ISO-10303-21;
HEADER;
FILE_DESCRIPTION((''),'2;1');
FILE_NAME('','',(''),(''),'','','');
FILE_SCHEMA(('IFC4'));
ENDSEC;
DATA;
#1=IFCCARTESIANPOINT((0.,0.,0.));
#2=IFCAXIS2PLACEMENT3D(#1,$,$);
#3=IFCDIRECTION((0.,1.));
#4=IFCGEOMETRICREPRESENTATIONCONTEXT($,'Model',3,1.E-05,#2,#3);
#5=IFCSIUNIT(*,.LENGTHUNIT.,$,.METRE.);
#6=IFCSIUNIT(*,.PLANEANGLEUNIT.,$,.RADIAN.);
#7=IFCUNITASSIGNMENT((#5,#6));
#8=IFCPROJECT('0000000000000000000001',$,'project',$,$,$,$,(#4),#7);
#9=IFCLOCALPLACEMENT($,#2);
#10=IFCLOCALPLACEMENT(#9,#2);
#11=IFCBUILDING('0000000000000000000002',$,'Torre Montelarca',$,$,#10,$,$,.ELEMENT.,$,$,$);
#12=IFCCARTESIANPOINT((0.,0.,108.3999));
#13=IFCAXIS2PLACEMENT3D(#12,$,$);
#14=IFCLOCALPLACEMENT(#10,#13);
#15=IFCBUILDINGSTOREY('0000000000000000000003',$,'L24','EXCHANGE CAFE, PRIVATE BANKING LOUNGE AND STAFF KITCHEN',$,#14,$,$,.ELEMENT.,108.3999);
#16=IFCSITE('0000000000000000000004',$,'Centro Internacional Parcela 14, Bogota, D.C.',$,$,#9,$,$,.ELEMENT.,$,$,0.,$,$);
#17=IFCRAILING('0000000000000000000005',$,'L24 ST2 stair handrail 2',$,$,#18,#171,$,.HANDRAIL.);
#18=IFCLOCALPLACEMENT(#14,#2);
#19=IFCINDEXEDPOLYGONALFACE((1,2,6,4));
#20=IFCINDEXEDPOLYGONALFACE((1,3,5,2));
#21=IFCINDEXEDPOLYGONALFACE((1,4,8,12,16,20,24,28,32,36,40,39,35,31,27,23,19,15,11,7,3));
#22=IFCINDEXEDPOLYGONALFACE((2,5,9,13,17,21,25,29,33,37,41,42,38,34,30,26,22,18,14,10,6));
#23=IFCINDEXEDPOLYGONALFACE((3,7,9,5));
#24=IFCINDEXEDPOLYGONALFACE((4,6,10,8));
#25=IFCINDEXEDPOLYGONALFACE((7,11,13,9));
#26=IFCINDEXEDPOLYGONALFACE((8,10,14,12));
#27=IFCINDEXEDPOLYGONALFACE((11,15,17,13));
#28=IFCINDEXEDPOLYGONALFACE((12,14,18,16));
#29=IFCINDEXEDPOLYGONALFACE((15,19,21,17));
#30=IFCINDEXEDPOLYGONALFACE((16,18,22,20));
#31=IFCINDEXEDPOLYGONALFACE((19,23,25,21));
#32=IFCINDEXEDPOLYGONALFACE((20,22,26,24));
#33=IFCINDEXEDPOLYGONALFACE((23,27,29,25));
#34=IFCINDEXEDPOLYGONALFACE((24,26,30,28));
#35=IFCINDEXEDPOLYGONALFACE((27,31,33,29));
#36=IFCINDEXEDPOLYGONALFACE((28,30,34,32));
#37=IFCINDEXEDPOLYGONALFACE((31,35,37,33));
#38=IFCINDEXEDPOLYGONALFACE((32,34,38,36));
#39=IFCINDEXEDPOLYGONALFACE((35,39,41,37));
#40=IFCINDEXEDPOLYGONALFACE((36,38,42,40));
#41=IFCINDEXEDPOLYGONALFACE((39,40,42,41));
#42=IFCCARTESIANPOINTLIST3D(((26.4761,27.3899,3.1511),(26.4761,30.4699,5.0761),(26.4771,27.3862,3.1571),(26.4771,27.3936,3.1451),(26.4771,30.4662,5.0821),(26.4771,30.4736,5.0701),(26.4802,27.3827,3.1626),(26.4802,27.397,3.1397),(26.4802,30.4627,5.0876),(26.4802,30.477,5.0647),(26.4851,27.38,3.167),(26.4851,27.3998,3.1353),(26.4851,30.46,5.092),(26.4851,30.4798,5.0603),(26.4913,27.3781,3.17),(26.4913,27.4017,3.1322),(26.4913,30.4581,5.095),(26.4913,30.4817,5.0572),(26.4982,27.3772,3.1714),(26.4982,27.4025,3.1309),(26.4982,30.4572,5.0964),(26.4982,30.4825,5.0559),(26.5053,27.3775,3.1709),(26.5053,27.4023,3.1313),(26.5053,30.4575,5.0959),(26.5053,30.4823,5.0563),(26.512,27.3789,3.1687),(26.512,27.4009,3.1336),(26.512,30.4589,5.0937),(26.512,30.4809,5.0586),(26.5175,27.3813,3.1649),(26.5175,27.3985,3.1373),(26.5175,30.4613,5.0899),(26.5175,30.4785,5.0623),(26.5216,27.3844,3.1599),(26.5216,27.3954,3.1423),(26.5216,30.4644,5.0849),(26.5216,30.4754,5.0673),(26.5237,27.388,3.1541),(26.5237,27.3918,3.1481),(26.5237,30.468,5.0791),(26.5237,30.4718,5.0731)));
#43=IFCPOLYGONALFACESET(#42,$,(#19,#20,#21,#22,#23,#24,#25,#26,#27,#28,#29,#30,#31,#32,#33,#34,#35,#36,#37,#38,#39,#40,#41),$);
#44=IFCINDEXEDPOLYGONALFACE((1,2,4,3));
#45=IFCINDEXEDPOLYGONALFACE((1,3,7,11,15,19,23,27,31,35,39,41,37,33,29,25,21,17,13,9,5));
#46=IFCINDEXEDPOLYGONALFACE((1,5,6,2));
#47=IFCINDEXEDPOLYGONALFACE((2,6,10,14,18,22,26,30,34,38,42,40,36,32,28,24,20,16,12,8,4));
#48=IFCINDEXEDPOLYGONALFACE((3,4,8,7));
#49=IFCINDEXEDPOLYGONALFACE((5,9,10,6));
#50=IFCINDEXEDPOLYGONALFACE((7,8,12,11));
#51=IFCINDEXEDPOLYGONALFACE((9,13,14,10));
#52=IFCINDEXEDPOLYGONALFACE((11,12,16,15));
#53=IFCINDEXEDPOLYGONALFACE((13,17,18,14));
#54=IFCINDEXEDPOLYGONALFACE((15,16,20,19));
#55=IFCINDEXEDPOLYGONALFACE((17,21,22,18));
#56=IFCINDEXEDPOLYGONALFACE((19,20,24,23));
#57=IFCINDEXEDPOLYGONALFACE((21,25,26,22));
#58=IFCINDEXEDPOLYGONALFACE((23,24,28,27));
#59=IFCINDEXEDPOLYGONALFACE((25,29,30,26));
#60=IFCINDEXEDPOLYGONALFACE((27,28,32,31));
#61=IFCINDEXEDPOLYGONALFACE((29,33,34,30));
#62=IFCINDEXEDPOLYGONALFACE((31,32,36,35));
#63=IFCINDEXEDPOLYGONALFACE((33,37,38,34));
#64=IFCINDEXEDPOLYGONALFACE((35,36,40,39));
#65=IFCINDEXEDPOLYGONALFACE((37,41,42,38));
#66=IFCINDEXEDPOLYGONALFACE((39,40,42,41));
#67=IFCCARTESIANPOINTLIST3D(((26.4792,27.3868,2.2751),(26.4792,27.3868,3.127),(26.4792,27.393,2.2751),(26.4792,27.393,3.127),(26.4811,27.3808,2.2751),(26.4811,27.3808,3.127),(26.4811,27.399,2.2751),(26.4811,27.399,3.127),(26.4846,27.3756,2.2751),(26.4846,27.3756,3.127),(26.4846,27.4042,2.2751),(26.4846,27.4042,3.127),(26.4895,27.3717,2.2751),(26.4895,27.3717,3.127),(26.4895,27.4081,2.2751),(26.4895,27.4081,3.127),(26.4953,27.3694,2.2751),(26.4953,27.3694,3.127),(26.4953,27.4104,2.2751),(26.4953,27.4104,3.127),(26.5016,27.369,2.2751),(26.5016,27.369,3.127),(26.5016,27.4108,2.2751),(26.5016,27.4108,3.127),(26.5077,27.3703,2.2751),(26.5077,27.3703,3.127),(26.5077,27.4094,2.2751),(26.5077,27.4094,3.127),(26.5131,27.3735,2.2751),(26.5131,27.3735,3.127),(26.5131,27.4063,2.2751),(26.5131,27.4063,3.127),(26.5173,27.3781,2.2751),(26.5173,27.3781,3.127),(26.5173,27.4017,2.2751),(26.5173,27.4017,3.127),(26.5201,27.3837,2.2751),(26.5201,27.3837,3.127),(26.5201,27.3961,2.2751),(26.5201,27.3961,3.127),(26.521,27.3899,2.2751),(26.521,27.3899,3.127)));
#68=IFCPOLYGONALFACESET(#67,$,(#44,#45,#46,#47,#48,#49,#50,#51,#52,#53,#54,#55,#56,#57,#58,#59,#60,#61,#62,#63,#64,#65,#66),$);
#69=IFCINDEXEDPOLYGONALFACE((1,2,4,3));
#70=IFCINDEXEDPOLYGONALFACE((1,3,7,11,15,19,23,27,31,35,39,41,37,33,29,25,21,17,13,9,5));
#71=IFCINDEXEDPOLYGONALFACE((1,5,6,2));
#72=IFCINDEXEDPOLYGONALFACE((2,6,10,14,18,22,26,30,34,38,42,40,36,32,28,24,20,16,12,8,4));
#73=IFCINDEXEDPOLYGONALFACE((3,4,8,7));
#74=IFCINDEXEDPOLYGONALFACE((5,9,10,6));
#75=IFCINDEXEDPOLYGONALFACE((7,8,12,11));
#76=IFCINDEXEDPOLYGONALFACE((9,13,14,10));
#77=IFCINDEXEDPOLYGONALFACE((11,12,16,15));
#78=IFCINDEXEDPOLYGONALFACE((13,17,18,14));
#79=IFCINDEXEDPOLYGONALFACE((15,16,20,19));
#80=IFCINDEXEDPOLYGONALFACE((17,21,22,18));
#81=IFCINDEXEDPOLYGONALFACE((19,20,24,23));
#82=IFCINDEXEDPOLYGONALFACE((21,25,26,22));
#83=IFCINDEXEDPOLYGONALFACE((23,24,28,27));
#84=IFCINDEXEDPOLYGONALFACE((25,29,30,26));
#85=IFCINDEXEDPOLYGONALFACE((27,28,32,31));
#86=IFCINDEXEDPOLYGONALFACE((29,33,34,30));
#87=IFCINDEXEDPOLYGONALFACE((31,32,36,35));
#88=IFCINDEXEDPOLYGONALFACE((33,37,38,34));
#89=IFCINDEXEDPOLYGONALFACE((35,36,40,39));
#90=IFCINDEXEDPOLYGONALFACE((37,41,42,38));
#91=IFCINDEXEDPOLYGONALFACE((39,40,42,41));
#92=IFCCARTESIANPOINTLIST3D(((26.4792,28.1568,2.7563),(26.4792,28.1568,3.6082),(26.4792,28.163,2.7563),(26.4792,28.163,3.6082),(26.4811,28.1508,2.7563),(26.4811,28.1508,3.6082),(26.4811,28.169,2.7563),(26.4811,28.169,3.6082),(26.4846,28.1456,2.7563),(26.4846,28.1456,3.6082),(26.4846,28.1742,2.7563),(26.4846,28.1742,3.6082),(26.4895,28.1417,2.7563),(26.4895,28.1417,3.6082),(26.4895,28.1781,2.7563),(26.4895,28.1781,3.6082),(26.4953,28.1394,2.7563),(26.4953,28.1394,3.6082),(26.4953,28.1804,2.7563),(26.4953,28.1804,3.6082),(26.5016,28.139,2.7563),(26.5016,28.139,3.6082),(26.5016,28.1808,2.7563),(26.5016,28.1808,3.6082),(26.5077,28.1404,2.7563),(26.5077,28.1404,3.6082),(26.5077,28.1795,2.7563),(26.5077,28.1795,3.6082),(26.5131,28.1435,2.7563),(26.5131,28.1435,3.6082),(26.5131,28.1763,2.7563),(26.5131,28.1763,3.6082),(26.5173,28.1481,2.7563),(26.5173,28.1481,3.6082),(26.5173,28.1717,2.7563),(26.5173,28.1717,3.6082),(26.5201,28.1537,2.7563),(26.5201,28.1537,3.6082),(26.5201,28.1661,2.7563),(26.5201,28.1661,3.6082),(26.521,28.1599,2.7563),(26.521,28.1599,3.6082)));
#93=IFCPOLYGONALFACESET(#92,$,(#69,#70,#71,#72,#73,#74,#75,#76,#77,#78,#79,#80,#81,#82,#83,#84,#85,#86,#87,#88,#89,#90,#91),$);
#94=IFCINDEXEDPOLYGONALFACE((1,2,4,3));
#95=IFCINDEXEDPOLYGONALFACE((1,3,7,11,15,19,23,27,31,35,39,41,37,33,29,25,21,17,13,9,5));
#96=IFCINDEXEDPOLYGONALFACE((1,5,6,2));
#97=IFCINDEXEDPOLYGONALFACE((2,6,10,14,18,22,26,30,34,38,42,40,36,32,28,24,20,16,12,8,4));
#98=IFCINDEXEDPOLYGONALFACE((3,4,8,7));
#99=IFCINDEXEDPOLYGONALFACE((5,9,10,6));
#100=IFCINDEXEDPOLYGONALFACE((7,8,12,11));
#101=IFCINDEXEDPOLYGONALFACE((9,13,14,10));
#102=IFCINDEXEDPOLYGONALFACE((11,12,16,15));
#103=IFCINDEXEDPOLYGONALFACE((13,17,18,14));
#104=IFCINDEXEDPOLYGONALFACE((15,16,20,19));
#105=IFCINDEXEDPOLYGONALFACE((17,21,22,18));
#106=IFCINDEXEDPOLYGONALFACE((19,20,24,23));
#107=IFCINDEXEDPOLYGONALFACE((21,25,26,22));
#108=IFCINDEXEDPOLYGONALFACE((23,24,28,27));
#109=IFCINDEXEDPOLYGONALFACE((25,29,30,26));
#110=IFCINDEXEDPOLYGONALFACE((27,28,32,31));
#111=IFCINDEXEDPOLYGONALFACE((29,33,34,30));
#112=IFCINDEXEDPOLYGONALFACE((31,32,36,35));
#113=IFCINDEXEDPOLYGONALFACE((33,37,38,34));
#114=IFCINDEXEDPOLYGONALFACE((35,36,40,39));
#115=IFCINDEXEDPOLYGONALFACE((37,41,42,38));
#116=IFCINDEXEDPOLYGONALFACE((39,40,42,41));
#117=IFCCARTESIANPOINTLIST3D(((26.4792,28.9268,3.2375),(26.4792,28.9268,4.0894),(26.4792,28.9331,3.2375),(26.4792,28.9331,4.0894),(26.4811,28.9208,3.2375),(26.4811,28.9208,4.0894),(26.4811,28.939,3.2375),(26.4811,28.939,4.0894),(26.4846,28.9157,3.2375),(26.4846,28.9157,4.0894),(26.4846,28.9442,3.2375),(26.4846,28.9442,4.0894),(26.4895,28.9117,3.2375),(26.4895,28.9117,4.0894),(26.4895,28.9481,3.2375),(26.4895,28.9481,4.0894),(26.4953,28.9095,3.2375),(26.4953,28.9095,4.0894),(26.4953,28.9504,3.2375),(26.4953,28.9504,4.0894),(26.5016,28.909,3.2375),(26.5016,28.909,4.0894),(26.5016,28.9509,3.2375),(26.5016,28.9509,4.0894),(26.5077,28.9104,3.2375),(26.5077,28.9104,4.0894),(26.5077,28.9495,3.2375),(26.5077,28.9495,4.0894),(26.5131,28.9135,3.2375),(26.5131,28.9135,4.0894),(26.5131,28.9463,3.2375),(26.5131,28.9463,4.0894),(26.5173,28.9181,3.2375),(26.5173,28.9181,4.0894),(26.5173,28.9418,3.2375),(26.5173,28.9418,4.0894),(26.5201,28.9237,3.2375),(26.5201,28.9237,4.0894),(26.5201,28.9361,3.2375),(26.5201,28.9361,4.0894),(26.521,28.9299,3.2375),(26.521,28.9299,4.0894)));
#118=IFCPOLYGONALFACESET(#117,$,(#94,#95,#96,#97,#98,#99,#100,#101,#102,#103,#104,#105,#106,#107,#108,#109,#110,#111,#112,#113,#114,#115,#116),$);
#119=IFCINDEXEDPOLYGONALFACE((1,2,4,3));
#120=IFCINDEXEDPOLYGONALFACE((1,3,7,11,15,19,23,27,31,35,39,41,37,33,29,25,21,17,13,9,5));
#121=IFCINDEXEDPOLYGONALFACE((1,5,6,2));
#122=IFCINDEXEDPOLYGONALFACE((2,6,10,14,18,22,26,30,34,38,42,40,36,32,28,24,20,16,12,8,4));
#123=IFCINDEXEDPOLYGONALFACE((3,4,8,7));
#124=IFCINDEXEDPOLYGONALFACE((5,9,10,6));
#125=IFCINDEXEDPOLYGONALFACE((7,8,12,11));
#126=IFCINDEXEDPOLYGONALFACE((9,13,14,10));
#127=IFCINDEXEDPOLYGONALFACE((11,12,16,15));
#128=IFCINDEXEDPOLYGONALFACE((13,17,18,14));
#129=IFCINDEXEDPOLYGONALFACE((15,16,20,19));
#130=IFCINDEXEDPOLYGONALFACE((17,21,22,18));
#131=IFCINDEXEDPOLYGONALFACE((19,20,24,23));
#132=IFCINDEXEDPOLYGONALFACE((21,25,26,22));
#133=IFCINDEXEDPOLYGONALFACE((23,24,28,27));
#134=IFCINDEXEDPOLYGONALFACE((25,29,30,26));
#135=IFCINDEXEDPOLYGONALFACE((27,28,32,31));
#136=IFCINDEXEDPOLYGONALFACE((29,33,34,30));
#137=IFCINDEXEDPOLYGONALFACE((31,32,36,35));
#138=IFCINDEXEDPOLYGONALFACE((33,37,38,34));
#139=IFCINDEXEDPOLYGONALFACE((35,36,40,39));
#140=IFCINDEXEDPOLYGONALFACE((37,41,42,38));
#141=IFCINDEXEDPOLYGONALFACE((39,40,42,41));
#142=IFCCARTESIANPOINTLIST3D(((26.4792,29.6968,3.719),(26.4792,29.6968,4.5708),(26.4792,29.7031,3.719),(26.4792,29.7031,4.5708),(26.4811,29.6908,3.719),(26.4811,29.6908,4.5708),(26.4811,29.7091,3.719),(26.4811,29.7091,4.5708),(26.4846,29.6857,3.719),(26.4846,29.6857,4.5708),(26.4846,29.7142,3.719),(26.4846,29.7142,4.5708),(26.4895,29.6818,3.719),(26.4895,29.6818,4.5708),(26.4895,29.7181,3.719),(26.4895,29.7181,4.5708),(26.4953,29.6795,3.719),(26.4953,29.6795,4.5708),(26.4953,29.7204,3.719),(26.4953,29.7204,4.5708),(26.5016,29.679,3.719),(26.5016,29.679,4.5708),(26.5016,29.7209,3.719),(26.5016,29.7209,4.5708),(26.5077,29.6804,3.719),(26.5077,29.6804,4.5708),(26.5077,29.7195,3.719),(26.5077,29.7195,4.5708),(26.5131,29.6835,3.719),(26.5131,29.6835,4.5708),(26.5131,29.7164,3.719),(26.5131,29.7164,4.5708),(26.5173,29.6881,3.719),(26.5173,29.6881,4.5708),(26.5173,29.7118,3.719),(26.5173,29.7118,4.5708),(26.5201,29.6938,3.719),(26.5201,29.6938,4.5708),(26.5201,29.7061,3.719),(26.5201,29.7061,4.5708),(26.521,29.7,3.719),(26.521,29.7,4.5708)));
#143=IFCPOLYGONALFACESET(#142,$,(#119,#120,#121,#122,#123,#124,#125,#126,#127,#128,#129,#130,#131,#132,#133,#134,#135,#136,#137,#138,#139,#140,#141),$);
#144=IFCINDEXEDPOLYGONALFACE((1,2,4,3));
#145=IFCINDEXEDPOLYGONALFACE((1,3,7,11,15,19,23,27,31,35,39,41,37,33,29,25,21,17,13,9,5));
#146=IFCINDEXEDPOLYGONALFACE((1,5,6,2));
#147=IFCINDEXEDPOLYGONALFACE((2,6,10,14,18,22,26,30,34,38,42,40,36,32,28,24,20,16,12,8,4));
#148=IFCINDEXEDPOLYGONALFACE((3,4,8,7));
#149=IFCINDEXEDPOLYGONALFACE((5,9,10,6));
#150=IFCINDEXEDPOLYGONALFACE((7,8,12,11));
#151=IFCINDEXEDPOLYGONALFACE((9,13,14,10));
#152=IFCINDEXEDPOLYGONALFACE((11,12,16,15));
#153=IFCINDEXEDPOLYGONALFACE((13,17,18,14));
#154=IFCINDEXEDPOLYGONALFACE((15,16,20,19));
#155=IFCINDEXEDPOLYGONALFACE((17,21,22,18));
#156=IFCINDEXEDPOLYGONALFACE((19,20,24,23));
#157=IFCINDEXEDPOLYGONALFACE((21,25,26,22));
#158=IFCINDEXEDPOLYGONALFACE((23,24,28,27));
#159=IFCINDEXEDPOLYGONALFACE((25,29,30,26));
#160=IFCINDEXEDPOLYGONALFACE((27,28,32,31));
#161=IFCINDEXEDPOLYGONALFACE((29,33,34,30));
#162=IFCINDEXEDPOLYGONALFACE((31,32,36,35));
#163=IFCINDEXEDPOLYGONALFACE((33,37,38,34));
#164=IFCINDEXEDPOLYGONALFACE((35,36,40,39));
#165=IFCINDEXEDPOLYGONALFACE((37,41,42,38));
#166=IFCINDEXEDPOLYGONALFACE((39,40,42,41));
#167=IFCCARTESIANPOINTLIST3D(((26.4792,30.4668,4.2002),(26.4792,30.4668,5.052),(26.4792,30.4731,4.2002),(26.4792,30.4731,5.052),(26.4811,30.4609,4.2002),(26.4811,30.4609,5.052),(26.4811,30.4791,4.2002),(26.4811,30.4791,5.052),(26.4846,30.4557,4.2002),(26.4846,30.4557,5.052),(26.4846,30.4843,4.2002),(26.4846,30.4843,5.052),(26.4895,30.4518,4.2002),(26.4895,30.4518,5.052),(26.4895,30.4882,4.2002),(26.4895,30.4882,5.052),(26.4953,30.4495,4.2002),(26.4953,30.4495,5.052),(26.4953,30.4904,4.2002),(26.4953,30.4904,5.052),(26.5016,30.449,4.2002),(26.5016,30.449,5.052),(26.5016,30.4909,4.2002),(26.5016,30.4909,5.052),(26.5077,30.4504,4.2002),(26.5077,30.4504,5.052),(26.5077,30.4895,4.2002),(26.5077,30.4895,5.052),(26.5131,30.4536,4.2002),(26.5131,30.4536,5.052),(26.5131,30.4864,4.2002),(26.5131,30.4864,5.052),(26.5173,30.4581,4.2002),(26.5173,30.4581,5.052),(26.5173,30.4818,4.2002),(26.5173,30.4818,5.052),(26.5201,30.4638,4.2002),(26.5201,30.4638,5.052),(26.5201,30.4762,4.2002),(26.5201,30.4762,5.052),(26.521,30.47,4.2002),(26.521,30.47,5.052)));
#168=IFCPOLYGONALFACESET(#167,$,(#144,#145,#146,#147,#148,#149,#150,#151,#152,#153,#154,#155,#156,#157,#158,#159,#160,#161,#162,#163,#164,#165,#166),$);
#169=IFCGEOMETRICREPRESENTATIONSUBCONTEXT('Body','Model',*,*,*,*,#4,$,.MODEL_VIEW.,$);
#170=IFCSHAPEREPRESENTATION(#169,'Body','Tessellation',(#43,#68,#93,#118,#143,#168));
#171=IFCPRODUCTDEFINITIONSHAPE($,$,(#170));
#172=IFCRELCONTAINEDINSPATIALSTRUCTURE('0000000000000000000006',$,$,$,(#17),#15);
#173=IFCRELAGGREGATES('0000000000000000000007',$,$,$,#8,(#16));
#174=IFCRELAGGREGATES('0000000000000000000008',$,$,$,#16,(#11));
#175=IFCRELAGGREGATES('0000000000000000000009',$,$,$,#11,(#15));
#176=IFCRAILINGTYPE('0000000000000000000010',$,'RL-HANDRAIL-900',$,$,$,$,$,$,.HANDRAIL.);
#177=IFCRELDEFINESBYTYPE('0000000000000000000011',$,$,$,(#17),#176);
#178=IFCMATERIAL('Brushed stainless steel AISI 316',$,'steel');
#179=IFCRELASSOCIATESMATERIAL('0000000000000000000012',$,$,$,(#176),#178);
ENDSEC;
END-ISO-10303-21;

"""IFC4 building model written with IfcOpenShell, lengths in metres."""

from ifc_helpers import new_model, si_unit, direction, frame, origin, origin_2d, place, context, subcontext, project, spatial, circle, extrude, material, type_object, element, save


model = new_model("IFC4")

# Units and contexts
model_context = context("Model", 3, precision=1e-05, world=origin(), true_north=direction((0.0, 1.0)))
body_context = subcontext(model_context, "Body", "Model", "MODEL_VIEW")
ifc_project = project(units=[si_unit("LENGTHUNIT", "METRE"), si_unit("PLANEANGLEUNIT", "RADIAN")], contexts=[model_context])

# Site, building, storey
site_placement = place(None, origin())
site = spatial("IfcSite", under=ifc_project, at=site_placement, Name="Centro Internacional Parcela 14, Bogota, D.C.", CompositionType="ELEMENT", RefElevation=0.0)
building_placement = place(site_placement, origin())
building = spatial("IfcBuilding", under=site, at=building_placement, Name="Torre Montelarca", CompositionType="ELEMENT")
storey_placement = place(building_placement, frame((0.0, 0.0, 108.3999)))
storey = spatial("IfcBuildingStorey", under=building, at=storey_placement, Name="L24", Description="EXCHANGE CAFE, PRIVATE BANKING LOUNGE AND STAFF KITCHEN", CompositionType="ELEMENT", Elevation=108.3999)

# Railing
ifc_material_1 = material(Name="Brushed stainless steel AISI 316", Category="steel")
railing_type_1 = type_object("IfcRailingType", Name="RL-HANDRAIL-900", PredefinedType="HANDRAIL", material=ifc_material_1)
railing_1_placement = place(storey_placement, frame((26.5, 27.3899, 2.2751)))
element("IfcRailing", 1, at=railing_1_placement, inside=storey, type_object=railing_type_1, Name="L24 ST2 stair handrail 2", PredefinedType="HANDRAIL", context=body_context, shape_type="SweptSolid", body=[
    extrude(circle(Radius=0.0239, at=origin_2d()), frame((0.0, 0.0, 0.876), z_axis=(0.0, 0.847998, 0.529999), x_axis=(-1.0, 0.0, 0.0)), (0.0, 0.0, 1.0), 3.6321),
    extrude(circle(Radius=0.021, at=origin_2d()), origin(), (0.0, 0.0, 1.0), 0.8518),
    extrude(circle(Radius=0.021, at=origin_2d()), frame((0.0, 0.77, 0.4812)), (0.0, 0.0, 1.0), 0.8518),
    extrude(circle(Radius=0.021, at=origin_2d()), frame((0.0, 1.54, 0.9624)), (0.0, 0.0, 1.0), 0.8518),
    extrude(circle(Radius=0.021, at=origin_2d()), frame((0.0, 2.3101, 1.4438)), (0.0, 0.0, 1.0), 0.8518),
    extrude(circle(Radius=0.021, at=origin_2d()), frame((0.0, 3.0801, 1.925)), (0.0, 0.0, 1.0), 0.8518),
])

save(model, "model.ifc")
